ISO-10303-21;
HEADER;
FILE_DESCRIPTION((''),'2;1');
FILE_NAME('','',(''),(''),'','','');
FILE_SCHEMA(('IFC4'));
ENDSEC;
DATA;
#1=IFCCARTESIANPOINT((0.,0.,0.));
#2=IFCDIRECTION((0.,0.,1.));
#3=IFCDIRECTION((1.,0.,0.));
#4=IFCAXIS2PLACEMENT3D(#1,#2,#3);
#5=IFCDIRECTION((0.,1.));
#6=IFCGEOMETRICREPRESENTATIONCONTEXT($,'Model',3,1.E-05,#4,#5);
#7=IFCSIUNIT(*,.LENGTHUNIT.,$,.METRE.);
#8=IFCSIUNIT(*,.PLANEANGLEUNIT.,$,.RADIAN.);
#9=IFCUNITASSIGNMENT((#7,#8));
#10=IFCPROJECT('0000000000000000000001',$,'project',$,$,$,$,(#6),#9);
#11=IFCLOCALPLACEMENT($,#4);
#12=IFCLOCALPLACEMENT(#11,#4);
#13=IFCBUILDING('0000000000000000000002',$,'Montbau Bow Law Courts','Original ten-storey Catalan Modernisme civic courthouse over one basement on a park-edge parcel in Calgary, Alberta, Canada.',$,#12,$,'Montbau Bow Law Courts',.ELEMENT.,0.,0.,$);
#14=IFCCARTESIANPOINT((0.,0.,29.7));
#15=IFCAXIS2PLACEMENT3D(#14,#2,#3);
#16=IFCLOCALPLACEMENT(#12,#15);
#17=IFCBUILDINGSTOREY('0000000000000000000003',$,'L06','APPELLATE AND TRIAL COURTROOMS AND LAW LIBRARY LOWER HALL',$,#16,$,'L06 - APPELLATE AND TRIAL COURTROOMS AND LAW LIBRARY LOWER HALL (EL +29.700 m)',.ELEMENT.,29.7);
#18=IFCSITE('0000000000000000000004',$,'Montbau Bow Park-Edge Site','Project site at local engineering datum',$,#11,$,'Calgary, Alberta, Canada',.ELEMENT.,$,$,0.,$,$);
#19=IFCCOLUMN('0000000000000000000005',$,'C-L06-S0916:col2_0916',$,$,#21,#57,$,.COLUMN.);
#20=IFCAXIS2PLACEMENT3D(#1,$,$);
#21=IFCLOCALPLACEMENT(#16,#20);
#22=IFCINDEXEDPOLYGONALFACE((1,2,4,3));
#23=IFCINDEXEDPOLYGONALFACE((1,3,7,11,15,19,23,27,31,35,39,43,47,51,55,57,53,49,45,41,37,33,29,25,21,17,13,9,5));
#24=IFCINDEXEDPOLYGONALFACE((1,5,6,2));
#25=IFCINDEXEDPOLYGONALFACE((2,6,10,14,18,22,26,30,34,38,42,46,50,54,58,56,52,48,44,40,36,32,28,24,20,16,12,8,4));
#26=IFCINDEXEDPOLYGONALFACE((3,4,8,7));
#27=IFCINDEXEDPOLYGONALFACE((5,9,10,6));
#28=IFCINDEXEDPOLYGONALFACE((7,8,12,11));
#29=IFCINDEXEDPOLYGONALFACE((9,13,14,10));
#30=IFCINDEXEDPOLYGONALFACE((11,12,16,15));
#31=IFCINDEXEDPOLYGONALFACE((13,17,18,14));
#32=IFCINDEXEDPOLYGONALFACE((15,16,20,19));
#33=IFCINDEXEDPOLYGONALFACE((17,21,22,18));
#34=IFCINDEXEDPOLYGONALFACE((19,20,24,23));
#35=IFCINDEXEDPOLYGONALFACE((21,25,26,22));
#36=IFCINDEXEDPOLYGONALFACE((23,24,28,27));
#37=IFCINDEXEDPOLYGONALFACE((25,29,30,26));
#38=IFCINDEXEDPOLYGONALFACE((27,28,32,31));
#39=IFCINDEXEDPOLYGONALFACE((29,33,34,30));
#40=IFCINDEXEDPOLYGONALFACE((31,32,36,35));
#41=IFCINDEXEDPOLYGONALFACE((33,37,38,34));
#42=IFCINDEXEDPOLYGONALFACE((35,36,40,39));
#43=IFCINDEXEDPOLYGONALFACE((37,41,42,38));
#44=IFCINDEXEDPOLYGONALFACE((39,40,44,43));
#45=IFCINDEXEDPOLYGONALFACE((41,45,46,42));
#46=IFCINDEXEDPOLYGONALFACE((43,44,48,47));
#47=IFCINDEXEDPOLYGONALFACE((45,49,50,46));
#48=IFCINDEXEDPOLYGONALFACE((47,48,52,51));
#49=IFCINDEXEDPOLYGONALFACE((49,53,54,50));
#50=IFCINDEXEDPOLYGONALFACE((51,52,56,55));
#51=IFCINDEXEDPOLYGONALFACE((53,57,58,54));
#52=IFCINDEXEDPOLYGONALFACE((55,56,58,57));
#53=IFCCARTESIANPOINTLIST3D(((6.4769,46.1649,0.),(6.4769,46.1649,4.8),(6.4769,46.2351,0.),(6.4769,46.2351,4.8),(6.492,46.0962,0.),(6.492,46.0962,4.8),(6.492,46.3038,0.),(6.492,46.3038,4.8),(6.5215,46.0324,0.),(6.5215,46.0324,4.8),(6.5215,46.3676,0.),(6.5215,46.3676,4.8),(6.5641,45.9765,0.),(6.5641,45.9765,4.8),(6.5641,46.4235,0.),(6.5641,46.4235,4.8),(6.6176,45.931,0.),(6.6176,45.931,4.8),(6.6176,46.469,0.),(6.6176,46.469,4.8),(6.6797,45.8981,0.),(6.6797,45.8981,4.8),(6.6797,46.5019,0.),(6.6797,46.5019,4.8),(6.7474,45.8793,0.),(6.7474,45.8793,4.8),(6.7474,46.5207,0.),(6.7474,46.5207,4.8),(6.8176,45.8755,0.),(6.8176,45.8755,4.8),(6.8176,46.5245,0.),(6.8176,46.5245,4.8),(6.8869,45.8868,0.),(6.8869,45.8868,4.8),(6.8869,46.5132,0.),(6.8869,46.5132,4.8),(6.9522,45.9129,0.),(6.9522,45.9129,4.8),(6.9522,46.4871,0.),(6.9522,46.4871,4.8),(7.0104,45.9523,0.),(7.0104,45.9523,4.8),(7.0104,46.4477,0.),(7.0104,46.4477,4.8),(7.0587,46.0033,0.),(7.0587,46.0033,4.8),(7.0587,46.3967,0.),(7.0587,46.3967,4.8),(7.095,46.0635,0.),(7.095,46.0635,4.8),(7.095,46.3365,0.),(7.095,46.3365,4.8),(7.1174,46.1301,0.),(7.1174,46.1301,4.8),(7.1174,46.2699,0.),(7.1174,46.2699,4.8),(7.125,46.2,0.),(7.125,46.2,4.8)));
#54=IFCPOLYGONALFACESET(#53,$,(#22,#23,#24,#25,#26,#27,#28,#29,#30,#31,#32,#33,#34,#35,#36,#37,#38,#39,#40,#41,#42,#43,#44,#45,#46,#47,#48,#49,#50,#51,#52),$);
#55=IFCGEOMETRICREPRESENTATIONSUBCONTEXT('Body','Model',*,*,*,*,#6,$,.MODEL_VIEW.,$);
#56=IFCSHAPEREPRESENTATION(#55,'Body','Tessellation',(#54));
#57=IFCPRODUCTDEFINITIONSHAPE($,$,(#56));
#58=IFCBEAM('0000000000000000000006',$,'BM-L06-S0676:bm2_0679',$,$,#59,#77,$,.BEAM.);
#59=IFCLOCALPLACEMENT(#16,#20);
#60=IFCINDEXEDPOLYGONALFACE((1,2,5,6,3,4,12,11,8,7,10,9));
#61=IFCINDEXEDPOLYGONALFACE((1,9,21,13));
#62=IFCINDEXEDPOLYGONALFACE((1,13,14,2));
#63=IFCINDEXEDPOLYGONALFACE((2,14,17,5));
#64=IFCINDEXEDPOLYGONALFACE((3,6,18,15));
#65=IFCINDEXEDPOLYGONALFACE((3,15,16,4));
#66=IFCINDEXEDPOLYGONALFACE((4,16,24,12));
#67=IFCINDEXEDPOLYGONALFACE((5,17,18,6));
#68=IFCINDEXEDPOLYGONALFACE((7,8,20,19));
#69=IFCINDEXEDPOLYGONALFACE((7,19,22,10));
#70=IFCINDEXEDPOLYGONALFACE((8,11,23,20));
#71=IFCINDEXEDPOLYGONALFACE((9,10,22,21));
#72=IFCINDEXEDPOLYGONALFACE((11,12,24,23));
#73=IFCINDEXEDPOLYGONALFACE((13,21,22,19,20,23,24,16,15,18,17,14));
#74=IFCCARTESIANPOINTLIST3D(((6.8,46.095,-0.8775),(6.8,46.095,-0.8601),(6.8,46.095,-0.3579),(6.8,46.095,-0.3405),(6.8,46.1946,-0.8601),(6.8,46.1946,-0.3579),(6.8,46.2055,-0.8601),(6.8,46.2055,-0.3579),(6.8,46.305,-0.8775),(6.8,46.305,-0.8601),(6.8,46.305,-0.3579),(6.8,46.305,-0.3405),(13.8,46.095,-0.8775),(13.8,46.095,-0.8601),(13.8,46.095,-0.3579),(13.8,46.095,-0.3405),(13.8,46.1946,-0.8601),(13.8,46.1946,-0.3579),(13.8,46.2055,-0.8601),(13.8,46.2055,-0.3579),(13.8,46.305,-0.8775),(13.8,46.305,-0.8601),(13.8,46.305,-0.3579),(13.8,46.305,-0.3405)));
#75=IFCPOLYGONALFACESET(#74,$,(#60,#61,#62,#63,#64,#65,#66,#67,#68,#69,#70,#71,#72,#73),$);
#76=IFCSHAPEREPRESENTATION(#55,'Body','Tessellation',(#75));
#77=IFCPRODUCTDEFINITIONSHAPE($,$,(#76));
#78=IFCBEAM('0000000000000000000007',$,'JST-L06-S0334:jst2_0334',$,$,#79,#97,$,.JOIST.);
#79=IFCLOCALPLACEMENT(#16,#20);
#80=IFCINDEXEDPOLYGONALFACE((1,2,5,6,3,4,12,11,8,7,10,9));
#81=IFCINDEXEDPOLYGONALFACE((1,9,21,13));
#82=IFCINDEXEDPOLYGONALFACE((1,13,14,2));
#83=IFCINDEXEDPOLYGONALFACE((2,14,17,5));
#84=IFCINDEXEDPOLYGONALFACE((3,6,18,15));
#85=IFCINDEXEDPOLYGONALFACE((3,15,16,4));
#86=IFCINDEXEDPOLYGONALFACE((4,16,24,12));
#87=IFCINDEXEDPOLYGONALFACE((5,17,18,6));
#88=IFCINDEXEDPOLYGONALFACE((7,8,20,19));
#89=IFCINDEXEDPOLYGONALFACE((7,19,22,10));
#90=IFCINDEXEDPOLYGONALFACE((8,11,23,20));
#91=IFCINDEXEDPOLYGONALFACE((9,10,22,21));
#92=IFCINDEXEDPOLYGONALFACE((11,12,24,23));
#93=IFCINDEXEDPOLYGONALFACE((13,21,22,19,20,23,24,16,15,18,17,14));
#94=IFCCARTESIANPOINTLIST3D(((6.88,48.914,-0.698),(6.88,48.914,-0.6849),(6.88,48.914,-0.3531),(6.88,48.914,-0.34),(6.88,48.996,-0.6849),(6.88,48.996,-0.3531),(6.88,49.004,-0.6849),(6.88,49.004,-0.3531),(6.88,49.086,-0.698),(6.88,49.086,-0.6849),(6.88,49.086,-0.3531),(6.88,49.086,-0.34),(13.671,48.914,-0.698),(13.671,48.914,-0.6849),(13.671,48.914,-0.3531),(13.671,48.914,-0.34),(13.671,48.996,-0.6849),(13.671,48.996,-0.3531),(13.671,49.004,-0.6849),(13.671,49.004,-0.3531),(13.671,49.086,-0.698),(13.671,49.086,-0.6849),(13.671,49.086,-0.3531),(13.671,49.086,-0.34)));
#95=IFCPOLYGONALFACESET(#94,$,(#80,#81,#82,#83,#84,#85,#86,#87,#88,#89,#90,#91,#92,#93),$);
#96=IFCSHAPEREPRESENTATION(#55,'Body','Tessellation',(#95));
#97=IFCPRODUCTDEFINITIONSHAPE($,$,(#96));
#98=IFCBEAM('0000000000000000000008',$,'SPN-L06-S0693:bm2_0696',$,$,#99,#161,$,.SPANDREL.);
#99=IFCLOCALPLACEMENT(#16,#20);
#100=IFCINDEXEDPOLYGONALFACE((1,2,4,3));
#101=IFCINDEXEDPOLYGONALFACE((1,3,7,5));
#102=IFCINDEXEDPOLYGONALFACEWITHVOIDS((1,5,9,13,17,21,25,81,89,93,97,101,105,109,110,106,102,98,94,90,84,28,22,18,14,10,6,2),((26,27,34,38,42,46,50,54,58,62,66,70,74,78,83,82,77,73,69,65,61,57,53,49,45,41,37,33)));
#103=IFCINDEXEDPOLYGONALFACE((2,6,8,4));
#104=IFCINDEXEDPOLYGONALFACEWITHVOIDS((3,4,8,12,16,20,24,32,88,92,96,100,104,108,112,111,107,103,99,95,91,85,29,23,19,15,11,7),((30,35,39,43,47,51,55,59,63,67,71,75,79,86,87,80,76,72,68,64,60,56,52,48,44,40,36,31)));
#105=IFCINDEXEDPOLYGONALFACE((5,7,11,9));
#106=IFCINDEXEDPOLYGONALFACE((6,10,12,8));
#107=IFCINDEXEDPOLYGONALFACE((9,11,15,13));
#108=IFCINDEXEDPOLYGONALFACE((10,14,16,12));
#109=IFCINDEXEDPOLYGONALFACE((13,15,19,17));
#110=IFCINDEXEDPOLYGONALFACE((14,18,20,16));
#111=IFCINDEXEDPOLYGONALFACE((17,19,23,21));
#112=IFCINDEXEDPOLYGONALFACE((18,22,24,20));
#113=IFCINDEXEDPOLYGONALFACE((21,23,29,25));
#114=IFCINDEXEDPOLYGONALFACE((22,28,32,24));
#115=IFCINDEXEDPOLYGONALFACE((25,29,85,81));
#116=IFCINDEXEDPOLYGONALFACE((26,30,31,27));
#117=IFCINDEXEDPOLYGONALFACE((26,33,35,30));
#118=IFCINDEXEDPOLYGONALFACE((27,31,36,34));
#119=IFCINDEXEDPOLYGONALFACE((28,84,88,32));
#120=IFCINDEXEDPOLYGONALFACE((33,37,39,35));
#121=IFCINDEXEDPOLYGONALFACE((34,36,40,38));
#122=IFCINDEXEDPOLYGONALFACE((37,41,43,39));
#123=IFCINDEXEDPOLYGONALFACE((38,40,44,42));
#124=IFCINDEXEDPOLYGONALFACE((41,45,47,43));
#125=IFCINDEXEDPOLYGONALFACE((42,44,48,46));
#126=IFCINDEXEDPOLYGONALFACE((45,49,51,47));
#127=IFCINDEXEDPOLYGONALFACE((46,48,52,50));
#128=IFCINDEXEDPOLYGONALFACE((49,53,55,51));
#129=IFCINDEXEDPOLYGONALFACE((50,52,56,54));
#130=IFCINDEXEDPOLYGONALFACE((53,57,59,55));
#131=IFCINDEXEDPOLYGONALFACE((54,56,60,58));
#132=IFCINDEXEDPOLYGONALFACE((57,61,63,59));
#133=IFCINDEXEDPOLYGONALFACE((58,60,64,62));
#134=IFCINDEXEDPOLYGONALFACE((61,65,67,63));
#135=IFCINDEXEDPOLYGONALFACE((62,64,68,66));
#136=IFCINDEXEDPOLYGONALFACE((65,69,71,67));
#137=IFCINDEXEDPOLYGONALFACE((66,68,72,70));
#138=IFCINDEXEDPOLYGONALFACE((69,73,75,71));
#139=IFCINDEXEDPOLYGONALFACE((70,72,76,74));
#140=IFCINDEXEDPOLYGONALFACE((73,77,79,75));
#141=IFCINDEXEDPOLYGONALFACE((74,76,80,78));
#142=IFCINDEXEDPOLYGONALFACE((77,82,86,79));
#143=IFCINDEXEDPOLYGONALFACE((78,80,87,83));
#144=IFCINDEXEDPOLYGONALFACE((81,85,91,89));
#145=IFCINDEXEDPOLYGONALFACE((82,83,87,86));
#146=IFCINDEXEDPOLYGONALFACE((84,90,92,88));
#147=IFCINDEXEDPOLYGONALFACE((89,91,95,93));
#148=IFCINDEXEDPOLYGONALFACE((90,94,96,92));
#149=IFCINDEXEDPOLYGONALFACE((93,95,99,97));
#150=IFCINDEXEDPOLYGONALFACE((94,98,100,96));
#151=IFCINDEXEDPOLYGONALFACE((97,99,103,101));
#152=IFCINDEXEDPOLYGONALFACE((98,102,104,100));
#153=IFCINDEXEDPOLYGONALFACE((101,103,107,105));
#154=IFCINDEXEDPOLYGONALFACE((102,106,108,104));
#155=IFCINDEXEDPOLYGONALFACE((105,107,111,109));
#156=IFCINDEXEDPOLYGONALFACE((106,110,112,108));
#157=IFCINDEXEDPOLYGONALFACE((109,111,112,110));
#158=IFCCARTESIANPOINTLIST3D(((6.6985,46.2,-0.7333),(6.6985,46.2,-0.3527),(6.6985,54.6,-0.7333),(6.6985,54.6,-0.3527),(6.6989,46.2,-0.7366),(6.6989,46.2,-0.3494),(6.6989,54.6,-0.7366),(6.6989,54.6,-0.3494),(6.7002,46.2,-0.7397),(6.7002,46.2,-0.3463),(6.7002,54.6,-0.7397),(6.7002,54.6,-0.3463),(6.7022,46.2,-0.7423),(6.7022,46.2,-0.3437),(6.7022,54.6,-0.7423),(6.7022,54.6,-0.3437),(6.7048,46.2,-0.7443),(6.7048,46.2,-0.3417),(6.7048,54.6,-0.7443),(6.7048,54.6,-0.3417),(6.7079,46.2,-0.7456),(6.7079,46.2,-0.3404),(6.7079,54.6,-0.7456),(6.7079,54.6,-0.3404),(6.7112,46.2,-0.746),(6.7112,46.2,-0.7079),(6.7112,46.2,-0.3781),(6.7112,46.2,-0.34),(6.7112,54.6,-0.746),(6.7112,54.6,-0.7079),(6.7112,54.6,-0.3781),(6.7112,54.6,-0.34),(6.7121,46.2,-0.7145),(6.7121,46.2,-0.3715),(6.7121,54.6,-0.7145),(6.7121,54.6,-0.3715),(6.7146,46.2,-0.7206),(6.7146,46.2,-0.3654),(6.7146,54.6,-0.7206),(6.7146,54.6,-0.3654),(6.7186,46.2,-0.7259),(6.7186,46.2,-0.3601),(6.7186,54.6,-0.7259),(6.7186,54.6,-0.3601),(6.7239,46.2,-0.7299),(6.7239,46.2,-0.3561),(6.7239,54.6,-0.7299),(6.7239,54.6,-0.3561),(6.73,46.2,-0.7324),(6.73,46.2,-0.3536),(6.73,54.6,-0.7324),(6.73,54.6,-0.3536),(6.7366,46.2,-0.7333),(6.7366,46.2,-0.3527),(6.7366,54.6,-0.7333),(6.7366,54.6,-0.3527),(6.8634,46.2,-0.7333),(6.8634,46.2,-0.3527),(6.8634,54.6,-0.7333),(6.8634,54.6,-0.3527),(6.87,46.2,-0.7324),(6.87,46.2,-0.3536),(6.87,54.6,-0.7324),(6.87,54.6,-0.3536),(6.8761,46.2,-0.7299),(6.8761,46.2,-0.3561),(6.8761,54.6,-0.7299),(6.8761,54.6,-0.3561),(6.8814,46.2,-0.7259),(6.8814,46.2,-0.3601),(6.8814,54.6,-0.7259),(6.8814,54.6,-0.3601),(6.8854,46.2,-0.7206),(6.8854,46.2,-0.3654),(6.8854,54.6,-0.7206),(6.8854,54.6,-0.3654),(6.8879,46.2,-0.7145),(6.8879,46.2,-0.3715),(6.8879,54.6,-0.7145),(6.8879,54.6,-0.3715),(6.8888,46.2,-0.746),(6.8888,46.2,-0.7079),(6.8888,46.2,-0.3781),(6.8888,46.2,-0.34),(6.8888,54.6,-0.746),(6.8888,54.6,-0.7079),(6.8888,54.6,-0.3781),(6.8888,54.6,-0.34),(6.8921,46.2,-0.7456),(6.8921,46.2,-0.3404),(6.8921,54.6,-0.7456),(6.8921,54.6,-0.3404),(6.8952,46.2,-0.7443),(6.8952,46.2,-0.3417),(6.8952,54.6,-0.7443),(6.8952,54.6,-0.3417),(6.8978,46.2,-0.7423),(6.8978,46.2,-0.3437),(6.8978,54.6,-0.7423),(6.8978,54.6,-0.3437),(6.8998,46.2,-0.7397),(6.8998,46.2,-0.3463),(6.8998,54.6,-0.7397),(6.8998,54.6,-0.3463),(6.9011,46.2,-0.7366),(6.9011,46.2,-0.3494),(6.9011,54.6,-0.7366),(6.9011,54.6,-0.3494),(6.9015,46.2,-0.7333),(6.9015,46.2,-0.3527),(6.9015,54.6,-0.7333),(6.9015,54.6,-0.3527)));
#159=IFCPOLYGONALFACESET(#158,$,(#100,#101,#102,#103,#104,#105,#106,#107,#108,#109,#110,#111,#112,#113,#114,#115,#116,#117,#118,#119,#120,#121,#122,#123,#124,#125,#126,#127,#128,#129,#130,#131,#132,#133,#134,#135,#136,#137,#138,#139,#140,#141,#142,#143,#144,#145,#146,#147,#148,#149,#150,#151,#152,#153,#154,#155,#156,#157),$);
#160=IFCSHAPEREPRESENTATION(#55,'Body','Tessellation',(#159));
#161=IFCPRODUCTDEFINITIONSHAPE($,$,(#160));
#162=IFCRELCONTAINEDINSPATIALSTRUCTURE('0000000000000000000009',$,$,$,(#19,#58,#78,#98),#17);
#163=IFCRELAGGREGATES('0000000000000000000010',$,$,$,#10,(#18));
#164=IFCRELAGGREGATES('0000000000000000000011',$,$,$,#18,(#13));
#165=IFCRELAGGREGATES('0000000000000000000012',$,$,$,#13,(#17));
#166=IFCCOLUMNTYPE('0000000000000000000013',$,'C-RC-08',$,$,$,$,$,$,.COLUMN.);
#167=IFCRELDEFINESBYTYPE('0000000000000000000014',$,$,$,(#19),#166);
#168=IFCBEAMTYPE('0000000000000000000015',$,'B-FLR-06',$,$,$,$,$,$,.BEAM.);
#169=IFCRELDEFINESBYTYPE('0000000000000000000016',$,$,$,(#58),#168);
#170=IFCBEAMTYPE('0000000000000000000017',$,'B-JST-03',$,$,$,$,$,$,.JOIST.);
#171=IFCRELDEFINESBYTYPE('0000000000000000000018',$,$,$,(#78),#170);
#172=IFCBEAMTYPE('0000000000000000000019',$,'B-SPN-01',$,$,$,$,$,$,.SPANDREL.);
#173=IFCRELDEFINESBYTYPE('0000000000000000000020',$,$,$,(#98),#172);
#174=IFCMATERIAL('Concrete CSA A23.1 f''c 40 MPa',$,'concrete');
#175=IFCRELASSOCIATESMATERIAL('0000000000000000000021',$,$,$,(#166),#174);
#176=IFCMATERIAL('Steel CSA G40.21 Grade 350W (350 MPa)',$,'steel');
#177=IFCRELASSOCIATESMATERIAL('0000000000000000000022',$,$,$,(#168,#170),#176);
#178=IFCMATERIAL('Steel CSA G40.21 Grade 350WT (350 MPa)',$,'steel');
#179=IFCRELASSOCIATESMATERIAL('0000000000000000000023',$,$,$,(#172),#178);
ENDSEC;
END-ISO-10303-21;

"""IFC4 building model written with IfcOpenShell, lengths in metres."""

from ifc_helpers import new_model, si_unit, direction, frame, origin_with_axes, origin_2d_with_axis, place, context, subcontext, project, spatial, hollow_rectangle, circle, i_section, extrude, material, material_profile, profile_set, type_object, element, save


model = new_model("IFC4")

# Units and contexts
model_context = context("Model", 3, precision=1e-05, world=origin_with_axes(), true_north=direction((0.0, 1.0)))
body_context = subcontext(model_context, "Body", "Model", "MODEL_VIEW")
ifc_project = project(units=[si_unit("LENGTHUNIT", "METRE"), si_unit("PLANEANGLEUNIT", "RADIAN")], contexts=[model_context])

# Site, building, storey
site_placement = place(None, origin_with_axes())
site = spatial("IfcSite", under=ifc_project, at=site_placement, Name="Montbau Bow Park-Edge Site", Description="Project site at local engineering datum", LongName="Calgary, Alberta, Canada", CompositionType="ELEMENT", RefElevation=0.0)
building_placement = place(site_placement, origin_with_axes())
building = spatial("IfcBuilding", under=site, at=building_placement, Name="Montbau Bow Law Courts", Description="Original ten-storey Catalan Modernisme civic courthouse over one basement on a park-edge parcel in Calgary, Alberta, Canada.", LongName="Montbau Bow Law Courts", CompositionType="ELEMENT", ElevationOfRefHeight=0.0, ElevationOfTerrain=0.0)
storey_placement = place(building_placement, frame((0.0, 0.0, 29.7), z_axis=(0.0, 0.0, 1.0), x_axis=(1.0, 0.0, 0.0)))
storey = spatial("IfcBuildingStorey", under=building, at=storey_placement, Name="L06", Description="APPELLATE AND TRIAL COURTROOMS AND LAW LIBRARY LOWER HALL", LongName="L06 - APPELLATE AND TRIAL COURTROOMS AND LAW LIBRARY LOWER HALL (EL +29.700 m)", CompositionType="ELEMENT", Elevation=29.7)

# Column
ifc_material_1 = material(Name="Concrete CSA A23.1 f'c 40 MPa", Category="concrete")
ifc_material_profile_1 = material_profile(ifc_material_1, circle(Radius=0.325, at=origin_2d_with_axis()), Name="RC650D", Category="Main", Priority=0)
ifc_profile_set_1 = profile_set([ifc_material_profile_1], Name="Concrete CSA A23.1 f'c 40 MPa")
column_type = type_object("IfcColumnType", Name="C-RC-08", PredefinedType="COLUMN", material=ifc_profile_set_1)
column_placement = place(None, frame((6.8, 46.2, 29.7), z_axis=(0.0, 0.0, 1.0), x_axis=(1.0, 0.0, 0.0)))
element("IfcColumn", 1, at=column_placement, inside=storey, type_object=column_type, Name="C-L06-S0916:col2_0916", PredefinedType="COLUMN", context=body_context, shape_type="SweptSolid", body=[
    extrude(circle(Radius=0.325, at=origin_2d_with_axis()), origin_with_axes(), (0.0, 0.0, 1.0), 4.8),
])

# Beams
ifc_material_2 = material(Name="Steel CSA G40.21 Grade 350W (350 MPa)", Category="steel")
ifc_material_profile_2 = material_profile(ifc_material_2, i_section(OverallWidth=0.21, OverallDepth=0.537, WebThickness=0.0109, FlangeThickness=0.0174, at=origin_2d_with_axis()), Name="W530X101", Category="Main", Priority=0)
ifc_profile_set_2 = profile_set([ifc_material_profile_2], Name="Steel CSA G40.21 Grade 350W (350 MPa)")
beam_type_1 = type_object("IfcBeamType", Name="B-FLR-06", PredefinedType="BEAM", material=ifc_profile_set_2)
beam_1_placement = place(None, frame((6.8, 46.2, 29.091), z_axis=(1.0, 0.0, 0.0), x_axis=(0.0, 1.0, 0.0)))
element("IfcBeam", 2, at=beam_1_placement, inside=storey, type_object=beam_type_1, Name="BM-L06-S0676:bm2_0679", PredefinedType="BEAM", context=body_context, shape_type="SweptSolid", body=[
    extrude(i_section(OverallWidth=0.21, OverallDepth=0.537, WebThickness=0.0109, FlangeThickness=0.0174, at=origin_2d_with_axis()), origin_with_axes(), (0.0, 0.0, 1.0), 7.0),
])
ifc_material_profile_3 = material_profile(ifc_material_2, i_section(OverallWidth=0.172, OverallDepth=0.358, WebThickness=0.0079, FlangeThickness=0.0131, at=origin_2d_with_axis()), Name="W360X57", Category="Main", Priority=0)
ifc_profile_set_3 = profile_set([ifc_material_profile_3], Name="Steel CSA G40.21 Grade 350W (350 MPa)")
beam_type_2 = type_object("IfcBeamType", Name="B-JST-03", PredefinedType="JOIST", material=ifc_profile_set_3)
beam_2_placement = place(None, frame((6.88, 49.0, 29.181), z_axis=(1.0, 0.0, 0.0), x_axis=(0.0, 1.0, 0.0)))
element("IfcBeam", 3, at=beam_2_placement, inside=storey, type_object=beam_type_2, Name="JST-L06-S0334:jst2_0334", PredefinedType="JOIST", context=body_context, shape_type="SweptSolid", body=[
    extrude(i_section(OverallWidth=0.172, OverallDepth=0.358, WebThickness=0.0079, FlangeThickness=0.0131, at=origin_2d_with_axis()), origin_with_axes(), (0.0, 0.0, 1.0), 6.791),
])
ifc_material_3 = material(Name="Steel CSA G40.21 Grade 350WT (350 MPa)", Category="steel")
ifc_material_profile_4 = material_profile(ifc_material_3, hollow_rectangle(XDim=0.203, YDim=0.406, WallThickness=0.0127, InnerFilletRadius=0.0254, OuterFilletRadius=0.0127, at=origin_2d_with_axis()), Name="HSS406X203X13", Category="Main", Priority=0)
ifc_profile_set_4 = profile_set([ifc_material_profile_4], Name="Steel CSA G40.21 Grade 350WT (350 MPa)")
beam_type_3 = type_object("IfcBeamType", Name="B-SPN-01", PredefinedType="SPANDREL", material=ifc_profile_set_4)
beam_3_placement = place(None, frame((6.8, 46.2, 29.157), z_axis=(0.0, 1.0, 0.0), x_axis=(-1.0, 0.0, 0.0)))
element("IfcBeam", 4, at=beam_3_placement, inside=storey, type_object=beam_type_3, Name="SPN-L06-S0693:bm2_0696", PredefinedType="SPANDREL", context=body_context, shape_type="SweptSolid", body=[
    extrude(hollow_rectangle(XDim=0.203, YDim=0.406, WallThickness=0.0127, InnerFilletRadius=0.0254, OuterFilletRadius=0.0127, at=origin_2d_with_axis()), origin_with_axes(), (0.0, 0.0, 1.0), 8.4),
])

save(model, "model.ifc")
